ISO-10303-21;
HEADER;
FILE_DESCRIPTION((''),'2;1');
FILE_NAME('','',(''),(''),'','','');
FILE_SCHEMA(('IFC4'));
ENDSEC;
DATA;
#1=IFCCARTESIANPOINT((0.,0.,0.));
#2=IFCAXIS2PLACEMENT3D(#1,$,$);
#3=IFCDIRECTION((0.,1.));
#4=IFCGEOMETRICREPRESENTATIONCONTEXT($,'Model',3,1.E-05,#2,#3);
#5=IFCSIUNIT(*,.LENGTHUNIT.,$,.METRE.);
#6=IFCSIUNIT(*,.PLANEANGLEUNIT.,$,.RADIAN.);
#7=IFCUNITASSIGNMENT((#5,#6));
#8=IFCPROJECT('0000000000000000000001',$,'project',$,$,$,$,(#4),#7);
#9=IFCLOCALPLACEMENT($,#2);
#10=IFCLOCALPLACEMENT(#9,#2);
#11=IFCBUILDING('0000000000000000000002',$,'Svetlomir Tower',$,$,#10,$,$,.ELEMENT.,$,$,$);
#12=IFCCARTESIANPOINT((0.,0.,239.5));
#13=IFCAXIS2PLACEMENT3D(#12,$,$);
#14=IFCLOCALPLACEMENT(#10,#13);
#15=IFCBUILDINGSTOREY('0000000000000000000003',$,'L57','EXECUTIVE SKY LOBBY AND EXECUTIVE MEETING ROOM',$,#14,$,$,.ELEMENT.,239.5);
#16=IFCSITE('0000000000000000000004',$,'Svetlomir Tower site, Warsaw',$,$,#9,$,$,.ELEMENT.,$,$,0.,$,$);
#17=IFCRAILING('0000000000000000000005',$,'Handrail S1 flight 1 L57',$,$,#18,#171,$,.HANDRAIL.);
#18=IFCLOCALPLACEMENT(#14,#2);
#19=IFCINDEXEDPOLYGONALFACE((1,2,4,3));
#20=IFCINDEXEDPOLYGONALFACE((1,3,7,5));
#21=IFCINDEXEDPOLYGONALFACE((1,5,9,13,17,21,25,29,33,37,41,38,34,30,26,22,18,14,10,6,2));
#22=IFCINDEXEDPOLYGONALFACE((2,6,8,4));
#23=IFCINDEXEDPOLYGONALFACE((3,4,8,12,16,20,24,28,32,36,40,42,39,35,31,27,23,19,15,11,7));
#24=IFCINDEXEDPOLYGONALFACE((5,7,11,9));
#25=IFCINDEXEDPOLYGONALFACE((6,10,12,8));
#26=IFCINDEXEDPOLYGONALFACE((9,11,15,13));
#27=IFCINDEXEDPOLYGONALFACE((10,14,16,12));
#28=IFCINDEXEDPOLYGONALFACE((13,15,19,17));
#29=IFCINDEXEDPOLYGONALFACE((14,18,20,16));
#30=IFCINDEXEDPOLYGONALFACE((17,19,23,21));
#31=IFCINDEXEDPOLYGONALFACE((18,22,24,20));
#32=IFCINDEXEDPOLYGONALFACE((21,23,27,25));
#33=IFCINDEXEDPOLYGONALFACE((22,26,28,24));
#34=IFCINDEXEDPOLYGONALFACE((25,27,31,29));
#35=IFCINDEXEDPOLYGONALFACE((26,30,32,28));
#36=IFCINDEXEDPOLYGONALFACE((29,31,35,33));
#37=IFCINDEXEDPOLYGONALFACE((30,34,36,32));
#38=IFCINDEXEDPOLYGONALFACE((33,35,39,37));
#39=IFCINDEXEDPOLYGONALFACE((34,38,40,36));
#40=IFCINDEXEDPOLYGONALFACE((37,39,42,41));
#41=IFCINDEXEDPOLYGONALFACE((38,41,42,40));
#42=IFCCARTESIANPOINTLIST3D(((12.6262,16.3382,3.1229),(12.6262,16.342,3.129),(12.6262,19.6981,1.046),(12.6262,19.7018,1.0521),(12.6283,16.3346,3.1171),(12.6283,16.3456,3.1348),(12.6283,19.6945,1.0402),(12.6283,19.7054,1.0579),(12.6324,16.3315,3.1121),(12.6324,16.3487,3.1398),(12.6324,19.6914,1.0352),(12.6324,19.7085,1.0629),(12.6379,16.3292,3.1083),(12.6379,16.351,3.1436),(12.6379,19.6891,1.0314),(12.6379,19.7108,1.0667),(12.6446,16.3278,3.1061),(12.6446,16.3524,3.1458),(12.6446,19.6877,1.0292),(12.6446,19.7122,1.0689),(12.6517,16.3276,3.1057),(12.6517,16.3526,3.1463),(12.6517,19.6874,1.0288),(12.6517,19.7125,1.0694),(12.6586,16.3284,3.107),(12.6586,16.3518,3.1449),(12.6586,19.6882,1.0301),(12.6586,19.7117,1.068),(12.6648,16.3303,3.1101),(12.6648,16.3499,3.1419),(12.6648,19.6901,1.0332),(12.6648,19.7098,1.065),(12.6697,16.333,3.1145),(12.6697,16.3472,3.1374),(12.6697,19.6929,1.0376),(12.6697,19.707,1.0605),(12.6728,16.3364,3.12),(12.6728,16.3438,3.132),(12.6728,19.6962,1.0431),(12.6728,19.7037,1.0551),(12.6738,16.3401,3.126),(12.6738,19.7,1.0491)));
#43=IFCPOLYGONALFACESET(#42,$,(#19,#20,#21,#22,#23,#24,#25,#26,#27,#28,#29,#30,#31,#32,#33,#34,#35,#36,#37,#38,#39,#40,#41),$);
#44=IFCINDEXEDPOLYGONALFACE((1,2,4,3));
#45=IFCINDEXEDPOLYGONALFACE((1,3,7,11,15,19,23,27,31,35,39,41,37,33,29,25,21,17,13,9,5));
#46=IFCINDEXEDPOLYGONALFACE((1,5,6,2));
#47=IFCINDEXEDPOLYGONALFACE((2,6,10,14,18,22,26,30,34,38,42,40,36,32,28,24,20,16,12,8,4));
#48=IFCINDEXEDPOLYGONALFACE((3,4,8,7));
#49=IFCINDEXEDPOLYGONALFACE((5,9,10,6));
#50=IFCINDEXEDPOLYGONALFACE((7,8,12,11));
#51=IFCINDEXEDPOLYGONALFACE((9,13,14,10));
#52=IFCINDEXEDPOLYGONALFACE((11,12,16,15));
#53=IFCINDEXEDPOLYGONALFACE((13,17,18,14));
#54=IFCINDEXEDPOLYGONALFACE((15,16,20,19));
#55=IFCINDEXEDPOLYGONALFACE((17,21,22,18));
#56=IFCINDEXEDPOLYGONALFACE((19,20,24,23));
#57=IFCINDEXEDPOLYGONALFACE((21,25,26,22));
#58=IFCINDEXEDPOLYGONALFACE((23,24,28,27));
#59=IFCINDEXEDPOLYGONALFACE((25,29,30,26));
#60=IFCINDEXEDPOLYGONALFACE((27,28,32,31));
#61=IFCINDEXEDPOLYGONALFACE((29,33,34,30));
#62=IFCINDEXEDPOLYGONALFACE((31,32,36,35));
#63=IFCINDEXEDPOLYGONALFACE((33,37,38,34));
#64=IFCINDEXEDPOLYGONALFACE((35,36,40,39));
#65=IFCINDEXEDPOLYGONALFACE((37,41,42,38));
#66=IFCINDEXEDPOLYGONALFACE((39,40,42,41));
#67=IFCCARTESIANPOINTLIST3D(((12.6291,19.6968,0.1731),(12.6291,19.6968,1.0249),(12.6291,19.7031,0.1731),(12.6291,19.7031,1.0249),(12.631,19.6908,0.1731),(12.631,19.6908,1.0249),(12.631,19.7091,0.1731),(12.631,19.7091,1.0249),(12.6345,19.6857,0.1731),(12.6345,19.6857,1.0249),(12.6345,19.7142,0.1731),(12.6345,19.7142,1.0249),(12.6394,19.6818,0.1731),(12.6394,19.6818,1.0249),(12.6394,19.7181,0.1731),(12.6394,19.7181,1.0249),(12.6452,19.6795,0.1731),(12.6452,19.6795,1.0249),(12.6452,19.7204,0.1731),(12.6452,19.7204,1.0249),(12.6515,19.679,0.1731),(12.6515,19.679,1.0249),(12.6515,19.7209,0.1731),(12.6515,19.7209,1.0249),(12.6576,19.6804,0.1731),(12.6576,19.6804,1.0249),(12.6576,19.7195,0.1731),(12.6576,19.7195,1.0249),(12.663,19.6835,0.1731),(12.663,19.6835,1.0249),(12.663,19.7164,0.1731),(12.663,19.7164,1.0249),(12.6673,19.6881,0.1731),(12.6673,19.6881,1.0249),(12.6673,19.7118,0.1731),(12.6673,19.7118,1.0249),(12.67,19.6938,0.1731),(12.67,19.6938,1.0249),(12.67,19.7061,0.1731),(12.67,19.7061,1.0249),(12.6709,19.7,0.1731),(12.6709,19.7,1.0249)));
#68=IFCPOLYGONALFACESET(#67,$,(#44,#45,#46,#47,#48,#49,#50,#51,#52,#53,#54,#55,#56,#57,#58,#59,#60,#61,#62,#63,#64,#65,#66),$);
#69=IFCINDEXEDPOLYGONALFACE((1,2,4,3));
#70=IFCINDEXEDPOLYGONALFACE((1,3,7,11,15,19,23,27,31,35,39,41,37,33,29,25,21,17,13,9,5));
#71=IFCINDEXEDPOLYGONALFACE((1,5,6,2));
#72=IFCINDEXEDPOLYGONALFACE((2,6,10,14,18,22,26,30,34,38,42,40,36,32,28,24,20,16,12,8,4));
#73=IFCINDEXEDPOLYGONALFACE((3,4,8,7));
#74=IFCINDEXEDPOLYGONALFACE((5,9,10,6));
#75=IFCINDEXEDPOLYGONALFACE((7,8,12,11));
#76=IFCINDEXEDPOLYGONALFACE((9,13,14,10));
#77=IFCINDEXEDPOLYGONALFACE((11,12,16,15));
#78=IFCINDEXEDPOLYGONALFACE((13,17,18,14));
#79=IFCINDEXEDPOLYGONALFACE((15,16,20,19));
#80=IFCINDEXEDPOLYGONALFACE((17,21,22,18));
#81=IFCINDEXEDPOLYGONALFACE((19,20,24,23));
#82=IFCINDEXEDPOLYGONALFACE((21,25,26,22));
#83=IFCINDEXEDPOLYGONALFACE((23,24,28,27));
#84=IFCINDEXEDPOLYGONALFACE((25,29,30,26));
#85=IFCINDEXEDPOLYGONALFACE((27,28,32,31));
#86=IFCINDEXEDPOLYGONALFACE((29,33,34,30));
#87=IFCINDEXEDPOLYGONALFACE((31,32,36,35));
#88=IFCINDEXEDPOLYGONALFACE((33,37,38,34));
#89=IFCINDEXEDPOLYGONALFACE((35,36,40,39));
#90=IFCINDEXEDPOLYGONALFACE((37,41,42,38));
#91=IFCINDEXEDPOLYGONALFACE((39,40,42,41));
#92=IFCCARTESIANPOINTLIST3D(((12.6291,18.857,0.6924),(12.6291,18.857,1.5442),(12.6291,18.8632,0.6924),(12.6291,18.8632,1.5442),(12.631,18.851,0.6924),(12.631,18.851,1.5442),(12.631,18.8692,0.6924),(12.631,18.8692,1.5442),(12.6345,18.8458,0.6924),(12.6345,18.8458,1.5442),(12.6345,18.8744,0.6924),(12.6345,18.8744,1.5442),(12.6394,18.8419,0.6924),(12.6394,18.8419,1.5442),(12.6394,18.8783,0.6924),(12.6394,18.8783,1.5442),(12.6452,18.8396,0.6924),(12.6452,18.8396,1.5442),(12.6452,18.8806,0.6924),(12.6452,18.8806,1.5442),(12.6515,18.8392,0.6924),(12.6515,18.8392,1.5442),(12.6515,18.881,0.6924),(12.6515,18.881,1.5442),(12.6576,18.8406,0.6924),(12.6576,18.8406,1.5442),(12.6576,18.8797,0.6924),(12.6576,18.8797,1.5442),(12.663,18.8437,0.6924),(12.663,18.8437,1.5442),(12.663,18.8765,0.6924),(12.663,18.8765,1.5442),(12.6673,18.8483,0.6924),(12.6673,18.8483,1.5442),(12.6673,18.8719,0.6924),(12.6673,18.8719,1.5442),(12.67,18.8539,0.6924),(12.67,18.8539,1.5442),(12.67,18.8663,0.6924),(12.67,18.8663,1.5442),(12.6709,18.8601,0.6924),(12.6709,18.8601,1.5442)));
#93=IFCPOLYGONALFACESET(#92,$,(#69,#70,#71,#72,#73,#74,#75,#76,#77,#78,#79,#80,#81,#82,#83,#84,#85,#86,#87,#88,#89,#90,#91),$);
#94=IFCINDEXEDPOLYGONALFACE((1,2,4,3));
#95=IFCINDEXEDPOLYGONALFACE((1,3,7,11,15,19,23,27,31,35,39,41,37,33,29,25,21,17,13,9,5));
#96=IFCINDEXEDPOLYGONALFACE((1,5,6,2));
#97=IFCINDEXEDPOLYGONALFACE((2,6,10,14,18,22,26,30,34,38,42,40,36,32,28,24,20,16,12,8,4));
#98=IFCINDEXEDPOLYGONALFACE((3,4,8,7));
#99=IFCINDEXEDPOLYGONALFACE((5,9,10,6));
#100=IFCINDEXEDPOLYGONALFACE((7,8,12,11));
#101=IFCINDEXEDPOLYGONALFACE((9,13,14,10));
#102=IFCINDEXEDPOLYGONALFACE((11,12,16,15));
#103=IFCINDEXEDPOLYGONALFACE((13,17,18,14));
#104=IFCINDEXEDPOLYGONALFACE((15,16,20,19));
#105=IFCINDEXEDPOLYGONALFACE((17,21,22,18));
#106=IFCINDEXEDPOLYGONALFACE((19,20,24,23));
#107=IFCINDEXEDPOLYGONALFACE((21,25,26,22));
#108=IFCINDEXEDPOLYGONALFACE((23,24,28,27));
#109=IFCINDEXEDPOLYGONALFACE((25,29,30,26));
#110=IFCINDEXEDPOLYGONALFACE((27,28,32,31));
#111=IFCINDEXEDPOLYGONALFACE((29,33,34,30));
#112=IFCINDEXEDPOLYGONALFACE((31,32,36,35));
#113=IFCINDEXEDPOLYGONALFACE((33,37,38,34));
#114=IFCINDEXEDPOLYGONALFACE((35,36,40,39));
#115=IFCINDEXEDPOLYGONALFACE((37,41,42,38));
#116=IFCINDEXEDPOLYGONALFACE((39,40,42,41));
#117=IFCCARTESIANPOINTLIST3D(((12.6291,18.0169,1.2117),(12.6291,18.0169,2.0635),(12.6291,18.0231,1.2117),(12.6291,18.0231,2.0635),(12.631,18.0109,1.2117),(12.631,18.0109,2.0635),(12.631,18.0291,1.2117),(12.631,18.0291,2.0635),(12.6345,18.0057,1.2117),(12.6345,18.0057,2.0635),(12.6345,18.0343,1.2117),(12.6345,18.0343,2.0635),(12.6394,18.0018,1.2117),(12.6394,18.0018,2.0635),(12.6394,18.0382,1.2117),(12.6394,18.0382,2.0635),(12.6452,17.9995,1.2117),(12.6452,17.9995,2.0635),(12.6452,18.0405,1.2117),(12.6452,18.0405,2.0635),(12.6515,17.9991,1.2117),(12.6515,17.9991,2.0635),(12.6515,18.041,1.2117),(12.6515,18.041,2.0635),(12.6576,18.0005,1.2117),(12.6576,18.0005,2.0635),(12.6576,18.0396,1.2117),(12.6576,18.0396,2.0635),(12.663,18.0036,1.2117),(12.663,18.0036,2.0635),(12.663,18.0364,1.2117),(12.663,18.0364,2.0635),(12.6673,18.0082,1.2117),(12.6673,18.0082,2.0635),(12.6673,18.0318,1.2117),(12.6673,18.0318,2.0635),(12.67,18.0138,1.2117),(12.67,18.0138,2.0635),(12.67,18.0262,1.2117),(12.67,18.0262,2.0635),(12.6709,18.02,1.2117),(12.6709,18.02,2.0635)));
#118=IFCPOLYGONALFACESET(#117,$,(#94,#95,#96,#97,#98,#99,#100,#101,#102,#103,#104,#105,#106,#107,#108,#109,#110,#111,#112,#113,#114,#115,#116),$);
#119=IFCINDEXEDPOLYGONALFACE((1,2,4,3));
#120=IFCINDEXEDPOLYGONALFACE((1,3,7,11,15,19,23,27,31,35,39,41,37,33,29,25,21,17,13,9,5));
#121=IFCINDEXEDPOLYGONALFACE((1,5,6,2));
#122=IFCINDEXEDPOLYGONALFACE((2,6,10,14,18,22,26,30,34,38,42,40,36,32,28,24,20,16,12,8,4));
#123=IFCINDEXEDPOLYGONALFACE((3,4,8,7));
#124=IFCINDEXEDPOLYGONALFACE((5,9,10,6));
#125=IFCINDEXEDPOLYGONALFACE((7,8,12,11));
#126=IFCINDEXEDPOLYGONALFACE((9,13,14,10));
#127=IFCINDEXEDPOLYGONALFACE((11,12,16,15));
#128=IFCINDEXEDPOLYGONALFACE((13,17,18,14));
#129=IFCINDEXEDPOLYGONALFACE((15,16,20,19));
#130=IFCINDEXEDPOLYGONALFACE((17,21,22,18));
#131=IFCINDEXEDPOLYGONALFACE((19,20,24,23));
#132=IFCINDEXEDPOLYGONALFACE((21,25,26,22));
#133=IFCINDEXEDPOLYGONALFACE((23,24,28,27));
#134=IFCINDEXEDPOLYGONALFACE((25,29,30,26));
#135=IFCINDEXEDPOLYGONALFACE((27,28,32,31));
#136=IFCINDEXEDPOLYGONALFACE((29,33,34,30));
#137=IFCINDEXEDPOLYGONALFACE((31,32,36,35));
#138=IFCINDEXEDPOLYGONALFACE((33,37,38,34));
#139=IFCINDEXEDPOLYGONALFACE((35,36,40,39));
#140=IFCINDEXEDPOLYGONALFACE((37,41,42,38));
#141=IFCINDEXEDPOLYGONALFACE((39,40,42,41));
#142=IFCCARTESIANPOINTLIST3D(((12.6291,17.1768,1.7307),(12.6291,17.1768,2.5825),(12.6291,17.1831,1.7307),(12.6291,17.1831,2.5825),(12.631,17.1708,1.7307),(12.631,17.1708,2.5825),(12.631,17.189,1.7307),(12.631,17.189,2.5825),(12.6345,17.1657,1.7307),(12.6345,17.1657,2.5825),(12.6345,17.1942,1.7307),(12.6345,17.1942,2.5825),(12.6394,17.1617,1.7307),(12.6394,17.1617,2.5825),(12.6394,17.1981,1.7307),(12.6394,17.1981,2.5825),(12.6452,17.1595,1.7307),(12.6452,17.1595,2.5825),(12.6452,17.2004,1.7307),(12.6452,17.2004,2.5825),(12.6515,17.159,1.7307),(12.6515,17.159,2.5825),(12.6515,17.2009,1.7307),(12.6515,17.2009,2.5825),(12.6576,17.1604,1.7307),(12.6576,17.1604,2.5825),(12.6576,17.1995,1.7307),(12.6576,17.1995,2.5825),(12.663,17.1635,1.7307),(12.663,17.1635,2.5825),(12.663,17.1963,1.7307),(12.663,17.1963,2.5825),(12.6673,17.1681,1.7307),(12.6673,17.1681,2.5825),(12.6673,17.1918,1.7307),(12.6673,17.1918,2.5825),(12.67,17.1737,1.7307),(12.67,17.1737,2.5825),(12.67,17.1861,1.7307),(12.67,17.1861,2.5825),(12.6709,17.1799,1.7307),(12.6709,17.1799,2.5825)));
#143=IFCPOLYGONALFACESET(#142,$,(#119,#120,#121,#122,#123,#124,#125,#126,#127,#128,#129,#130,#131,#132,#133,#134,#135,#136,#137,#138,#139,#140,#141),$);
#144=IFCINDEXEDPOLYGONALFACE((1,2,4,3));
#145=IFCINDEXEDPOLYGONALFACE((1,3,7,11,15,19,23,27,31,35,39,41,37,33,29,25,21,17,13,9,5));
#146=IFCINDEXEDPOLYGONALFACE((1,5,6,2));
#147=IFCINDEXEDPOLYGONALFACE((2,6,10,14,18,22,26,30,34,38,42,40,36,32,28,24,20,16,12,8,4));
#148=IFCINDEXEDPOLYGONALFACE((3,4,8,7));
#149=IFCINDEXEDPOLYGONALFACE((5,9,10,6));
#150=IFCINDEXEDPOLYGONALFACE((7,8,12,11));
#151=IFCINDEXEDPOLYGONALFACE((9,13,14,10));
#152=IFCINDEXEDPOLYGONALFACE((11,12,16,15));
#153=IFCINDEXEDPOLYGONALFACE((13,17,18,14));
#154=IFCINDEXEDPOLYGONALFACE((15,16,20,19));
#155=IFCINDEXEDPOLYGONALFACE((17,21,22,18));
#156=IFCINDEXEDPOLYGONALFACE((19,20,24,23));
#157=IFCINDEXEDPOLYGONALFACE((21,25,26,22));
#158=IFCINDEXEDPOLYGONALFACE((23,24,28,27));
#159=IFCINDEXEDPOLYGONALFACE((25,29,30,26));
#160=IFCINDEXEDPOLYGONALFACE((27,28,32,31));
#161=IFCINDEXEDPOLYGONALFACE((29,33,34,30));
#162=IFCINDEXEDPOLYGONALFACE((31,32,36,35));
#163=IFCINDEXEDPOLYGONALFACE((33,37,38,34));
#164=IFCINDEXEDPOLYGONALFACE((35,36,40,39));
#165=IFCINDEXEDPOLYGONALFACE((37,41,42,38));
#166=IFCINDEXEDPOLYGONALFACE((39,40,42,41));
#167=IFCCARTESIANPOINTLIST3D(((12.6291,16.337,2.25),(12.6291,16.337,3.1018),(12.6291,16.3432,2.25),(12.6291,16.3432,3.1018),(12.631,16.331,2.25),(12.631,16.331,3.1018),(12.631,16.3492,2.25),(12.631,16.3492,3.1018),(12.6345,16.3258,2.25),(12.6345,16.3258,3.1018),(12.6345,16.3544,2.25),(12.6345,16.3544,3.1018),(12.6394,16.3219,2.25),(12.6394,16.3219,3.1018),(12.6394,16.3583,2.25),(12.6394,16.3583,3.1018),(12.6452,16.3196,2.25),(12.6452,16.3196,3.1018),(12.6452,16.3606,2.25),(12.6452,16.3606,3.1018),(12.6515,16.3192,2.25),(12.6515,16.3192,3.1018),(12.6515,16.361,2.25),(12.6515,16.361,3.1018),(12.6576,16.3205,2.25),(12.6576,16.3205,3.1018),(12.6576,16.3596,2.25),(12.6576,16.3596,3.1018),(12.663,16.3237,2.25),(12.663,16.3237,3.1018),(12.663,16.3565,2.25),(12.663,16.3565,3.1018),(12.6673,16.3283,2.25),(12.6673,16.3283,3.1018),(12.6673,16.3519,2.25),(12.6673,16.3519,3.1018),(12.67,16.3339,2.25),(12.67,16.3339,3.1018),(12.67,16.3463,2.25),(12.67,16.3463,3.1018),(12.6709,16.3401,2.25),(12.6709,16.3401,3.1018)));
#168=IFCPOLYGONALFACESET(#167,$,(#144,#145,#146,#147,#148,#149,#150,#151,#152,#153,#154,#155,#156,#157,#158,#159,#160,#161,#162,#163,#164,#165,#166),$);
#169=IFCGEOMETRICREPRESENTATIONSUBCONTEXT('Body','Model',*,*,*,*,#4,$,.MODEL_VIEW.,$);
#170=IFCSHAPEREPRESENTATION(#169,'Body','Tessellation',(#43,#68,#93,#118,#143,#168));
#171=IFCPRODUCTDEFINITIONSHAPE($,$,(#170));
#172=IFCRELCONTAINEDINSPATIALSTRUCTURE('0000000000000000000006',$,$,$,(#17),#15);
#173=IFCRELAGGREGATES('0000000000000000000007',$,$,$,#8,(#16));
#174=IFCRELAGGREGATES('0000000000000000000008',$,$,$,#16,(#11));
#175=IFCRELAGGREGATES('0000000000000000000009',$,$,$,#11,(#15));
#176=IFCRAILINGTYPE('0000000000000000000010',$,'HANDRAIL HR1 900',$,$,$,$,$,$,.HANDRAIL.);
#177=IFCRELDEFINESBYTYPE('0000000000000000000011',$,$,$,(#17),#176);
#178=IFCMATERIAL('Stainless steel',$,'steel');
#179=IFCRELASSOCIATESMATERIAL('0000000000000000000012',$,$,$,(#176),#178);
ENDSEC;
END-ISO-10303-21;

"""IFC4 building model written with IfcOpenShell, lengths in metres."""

from ifc_helpers import new_model, si_unit, direction, frame, origin, origin_2d, place, context, subcontext, project, spatial, circle, extrude, material, type_object, element, save


model = new_model("IFC4")

# Units and contexts
model_context = context("Model", 3, precision=1e-05, world=origin(), true_north=direction((0.0, 1.0)))
body_context = subcontext(model_context, "Body", "Model", "MODEL_VIEW")
ifc_project = project(units=[si_unit("LENGTHUNIT", "METRE"), si_unit("PLANEANGLEUNIT", "RADIAN")], contexts=[model_context])

# Site, building, storey
site_placement = place(None, origin())
site = spatial("IfcSite", under=ifc_project, at=site_placement, Name="Svetlomir Tower site, Warsaw", CompositionType="ELEMENT", RefElevation=0.0)
building_placement = place(site_placement, origin())
building = spatial("IfcBuilding", under=site, at=building_placement, Name="Svetlomir Tower", CompositionType="ELEMENT")
storey_placement = place(building_placement, frame((0.0, 0.0, 239.5)))
storey = spatial("IfcBuildingStorey", under=building, at=storey_placement, Name="L57", Description="EXECUTIVE SKY LOBBY AND EXECUTIVE MEETING ROOM", CompositionType="ELEMENT", Elevation=239.5)

# Railing
ifc_material_1 = material(Name="Stainless steel", Category="steel")
railing_type_1 = type_object("IfcRailingType", Name="HANDRAIL HR1 900", PredefinedType="HANDRAIL", material=ifc_material_1)
railing_1_placement = place(storey_placement, frame((12.6499, 19.7, 0.1731)))
element("IfcRailing", 1, at=railing_1_placement, inside=storey, type_object=railing_type_1, Name="Handrail S1 flight 1 L57", PredefinedType="HANDRAIL", context=body_context, shape_type="SweptSolid", body=[
    extrude(circle(Radius=0.0239, at=origin_2d()), frame((0.0, 0.0, 0.876), z_axis=(0.0, -0.850606, 0.525803), x_axis=(1.0, 0.0, 0.0)), (0.0, 0.0, 1.0), 3.95),
    extrude(circle(Radius=0.021, at=origin_2d()), origin(), (0.0, 0.0, 1.0), 0.8518),
    extrude(circle(Radius=0.021, at=origin_2d()), frame((0.0, -0.8398, 0.5193)), (0.0, 0.0, 1.0), 0.8518),
    extrude(circle(Radius=0.021, at=origin_2d()), frame((0.0, -1.6799, 1.0386)), (0.0, 0.0, 1.0), 0.8518),
    extrude(circle(Radius=0.021, at=origin_2d()), frame((0.0, -2.52, 1.5576)), (0.0, 0.0, 1.0), 0.8518),
    extrude(circle(Radius=0.021, at=origin_2d()), frame((0.0, -3.3599, 2.0769)), (0.0, 0.0, 1.0), 0.8518),
])

save(model, "model.ifc")
